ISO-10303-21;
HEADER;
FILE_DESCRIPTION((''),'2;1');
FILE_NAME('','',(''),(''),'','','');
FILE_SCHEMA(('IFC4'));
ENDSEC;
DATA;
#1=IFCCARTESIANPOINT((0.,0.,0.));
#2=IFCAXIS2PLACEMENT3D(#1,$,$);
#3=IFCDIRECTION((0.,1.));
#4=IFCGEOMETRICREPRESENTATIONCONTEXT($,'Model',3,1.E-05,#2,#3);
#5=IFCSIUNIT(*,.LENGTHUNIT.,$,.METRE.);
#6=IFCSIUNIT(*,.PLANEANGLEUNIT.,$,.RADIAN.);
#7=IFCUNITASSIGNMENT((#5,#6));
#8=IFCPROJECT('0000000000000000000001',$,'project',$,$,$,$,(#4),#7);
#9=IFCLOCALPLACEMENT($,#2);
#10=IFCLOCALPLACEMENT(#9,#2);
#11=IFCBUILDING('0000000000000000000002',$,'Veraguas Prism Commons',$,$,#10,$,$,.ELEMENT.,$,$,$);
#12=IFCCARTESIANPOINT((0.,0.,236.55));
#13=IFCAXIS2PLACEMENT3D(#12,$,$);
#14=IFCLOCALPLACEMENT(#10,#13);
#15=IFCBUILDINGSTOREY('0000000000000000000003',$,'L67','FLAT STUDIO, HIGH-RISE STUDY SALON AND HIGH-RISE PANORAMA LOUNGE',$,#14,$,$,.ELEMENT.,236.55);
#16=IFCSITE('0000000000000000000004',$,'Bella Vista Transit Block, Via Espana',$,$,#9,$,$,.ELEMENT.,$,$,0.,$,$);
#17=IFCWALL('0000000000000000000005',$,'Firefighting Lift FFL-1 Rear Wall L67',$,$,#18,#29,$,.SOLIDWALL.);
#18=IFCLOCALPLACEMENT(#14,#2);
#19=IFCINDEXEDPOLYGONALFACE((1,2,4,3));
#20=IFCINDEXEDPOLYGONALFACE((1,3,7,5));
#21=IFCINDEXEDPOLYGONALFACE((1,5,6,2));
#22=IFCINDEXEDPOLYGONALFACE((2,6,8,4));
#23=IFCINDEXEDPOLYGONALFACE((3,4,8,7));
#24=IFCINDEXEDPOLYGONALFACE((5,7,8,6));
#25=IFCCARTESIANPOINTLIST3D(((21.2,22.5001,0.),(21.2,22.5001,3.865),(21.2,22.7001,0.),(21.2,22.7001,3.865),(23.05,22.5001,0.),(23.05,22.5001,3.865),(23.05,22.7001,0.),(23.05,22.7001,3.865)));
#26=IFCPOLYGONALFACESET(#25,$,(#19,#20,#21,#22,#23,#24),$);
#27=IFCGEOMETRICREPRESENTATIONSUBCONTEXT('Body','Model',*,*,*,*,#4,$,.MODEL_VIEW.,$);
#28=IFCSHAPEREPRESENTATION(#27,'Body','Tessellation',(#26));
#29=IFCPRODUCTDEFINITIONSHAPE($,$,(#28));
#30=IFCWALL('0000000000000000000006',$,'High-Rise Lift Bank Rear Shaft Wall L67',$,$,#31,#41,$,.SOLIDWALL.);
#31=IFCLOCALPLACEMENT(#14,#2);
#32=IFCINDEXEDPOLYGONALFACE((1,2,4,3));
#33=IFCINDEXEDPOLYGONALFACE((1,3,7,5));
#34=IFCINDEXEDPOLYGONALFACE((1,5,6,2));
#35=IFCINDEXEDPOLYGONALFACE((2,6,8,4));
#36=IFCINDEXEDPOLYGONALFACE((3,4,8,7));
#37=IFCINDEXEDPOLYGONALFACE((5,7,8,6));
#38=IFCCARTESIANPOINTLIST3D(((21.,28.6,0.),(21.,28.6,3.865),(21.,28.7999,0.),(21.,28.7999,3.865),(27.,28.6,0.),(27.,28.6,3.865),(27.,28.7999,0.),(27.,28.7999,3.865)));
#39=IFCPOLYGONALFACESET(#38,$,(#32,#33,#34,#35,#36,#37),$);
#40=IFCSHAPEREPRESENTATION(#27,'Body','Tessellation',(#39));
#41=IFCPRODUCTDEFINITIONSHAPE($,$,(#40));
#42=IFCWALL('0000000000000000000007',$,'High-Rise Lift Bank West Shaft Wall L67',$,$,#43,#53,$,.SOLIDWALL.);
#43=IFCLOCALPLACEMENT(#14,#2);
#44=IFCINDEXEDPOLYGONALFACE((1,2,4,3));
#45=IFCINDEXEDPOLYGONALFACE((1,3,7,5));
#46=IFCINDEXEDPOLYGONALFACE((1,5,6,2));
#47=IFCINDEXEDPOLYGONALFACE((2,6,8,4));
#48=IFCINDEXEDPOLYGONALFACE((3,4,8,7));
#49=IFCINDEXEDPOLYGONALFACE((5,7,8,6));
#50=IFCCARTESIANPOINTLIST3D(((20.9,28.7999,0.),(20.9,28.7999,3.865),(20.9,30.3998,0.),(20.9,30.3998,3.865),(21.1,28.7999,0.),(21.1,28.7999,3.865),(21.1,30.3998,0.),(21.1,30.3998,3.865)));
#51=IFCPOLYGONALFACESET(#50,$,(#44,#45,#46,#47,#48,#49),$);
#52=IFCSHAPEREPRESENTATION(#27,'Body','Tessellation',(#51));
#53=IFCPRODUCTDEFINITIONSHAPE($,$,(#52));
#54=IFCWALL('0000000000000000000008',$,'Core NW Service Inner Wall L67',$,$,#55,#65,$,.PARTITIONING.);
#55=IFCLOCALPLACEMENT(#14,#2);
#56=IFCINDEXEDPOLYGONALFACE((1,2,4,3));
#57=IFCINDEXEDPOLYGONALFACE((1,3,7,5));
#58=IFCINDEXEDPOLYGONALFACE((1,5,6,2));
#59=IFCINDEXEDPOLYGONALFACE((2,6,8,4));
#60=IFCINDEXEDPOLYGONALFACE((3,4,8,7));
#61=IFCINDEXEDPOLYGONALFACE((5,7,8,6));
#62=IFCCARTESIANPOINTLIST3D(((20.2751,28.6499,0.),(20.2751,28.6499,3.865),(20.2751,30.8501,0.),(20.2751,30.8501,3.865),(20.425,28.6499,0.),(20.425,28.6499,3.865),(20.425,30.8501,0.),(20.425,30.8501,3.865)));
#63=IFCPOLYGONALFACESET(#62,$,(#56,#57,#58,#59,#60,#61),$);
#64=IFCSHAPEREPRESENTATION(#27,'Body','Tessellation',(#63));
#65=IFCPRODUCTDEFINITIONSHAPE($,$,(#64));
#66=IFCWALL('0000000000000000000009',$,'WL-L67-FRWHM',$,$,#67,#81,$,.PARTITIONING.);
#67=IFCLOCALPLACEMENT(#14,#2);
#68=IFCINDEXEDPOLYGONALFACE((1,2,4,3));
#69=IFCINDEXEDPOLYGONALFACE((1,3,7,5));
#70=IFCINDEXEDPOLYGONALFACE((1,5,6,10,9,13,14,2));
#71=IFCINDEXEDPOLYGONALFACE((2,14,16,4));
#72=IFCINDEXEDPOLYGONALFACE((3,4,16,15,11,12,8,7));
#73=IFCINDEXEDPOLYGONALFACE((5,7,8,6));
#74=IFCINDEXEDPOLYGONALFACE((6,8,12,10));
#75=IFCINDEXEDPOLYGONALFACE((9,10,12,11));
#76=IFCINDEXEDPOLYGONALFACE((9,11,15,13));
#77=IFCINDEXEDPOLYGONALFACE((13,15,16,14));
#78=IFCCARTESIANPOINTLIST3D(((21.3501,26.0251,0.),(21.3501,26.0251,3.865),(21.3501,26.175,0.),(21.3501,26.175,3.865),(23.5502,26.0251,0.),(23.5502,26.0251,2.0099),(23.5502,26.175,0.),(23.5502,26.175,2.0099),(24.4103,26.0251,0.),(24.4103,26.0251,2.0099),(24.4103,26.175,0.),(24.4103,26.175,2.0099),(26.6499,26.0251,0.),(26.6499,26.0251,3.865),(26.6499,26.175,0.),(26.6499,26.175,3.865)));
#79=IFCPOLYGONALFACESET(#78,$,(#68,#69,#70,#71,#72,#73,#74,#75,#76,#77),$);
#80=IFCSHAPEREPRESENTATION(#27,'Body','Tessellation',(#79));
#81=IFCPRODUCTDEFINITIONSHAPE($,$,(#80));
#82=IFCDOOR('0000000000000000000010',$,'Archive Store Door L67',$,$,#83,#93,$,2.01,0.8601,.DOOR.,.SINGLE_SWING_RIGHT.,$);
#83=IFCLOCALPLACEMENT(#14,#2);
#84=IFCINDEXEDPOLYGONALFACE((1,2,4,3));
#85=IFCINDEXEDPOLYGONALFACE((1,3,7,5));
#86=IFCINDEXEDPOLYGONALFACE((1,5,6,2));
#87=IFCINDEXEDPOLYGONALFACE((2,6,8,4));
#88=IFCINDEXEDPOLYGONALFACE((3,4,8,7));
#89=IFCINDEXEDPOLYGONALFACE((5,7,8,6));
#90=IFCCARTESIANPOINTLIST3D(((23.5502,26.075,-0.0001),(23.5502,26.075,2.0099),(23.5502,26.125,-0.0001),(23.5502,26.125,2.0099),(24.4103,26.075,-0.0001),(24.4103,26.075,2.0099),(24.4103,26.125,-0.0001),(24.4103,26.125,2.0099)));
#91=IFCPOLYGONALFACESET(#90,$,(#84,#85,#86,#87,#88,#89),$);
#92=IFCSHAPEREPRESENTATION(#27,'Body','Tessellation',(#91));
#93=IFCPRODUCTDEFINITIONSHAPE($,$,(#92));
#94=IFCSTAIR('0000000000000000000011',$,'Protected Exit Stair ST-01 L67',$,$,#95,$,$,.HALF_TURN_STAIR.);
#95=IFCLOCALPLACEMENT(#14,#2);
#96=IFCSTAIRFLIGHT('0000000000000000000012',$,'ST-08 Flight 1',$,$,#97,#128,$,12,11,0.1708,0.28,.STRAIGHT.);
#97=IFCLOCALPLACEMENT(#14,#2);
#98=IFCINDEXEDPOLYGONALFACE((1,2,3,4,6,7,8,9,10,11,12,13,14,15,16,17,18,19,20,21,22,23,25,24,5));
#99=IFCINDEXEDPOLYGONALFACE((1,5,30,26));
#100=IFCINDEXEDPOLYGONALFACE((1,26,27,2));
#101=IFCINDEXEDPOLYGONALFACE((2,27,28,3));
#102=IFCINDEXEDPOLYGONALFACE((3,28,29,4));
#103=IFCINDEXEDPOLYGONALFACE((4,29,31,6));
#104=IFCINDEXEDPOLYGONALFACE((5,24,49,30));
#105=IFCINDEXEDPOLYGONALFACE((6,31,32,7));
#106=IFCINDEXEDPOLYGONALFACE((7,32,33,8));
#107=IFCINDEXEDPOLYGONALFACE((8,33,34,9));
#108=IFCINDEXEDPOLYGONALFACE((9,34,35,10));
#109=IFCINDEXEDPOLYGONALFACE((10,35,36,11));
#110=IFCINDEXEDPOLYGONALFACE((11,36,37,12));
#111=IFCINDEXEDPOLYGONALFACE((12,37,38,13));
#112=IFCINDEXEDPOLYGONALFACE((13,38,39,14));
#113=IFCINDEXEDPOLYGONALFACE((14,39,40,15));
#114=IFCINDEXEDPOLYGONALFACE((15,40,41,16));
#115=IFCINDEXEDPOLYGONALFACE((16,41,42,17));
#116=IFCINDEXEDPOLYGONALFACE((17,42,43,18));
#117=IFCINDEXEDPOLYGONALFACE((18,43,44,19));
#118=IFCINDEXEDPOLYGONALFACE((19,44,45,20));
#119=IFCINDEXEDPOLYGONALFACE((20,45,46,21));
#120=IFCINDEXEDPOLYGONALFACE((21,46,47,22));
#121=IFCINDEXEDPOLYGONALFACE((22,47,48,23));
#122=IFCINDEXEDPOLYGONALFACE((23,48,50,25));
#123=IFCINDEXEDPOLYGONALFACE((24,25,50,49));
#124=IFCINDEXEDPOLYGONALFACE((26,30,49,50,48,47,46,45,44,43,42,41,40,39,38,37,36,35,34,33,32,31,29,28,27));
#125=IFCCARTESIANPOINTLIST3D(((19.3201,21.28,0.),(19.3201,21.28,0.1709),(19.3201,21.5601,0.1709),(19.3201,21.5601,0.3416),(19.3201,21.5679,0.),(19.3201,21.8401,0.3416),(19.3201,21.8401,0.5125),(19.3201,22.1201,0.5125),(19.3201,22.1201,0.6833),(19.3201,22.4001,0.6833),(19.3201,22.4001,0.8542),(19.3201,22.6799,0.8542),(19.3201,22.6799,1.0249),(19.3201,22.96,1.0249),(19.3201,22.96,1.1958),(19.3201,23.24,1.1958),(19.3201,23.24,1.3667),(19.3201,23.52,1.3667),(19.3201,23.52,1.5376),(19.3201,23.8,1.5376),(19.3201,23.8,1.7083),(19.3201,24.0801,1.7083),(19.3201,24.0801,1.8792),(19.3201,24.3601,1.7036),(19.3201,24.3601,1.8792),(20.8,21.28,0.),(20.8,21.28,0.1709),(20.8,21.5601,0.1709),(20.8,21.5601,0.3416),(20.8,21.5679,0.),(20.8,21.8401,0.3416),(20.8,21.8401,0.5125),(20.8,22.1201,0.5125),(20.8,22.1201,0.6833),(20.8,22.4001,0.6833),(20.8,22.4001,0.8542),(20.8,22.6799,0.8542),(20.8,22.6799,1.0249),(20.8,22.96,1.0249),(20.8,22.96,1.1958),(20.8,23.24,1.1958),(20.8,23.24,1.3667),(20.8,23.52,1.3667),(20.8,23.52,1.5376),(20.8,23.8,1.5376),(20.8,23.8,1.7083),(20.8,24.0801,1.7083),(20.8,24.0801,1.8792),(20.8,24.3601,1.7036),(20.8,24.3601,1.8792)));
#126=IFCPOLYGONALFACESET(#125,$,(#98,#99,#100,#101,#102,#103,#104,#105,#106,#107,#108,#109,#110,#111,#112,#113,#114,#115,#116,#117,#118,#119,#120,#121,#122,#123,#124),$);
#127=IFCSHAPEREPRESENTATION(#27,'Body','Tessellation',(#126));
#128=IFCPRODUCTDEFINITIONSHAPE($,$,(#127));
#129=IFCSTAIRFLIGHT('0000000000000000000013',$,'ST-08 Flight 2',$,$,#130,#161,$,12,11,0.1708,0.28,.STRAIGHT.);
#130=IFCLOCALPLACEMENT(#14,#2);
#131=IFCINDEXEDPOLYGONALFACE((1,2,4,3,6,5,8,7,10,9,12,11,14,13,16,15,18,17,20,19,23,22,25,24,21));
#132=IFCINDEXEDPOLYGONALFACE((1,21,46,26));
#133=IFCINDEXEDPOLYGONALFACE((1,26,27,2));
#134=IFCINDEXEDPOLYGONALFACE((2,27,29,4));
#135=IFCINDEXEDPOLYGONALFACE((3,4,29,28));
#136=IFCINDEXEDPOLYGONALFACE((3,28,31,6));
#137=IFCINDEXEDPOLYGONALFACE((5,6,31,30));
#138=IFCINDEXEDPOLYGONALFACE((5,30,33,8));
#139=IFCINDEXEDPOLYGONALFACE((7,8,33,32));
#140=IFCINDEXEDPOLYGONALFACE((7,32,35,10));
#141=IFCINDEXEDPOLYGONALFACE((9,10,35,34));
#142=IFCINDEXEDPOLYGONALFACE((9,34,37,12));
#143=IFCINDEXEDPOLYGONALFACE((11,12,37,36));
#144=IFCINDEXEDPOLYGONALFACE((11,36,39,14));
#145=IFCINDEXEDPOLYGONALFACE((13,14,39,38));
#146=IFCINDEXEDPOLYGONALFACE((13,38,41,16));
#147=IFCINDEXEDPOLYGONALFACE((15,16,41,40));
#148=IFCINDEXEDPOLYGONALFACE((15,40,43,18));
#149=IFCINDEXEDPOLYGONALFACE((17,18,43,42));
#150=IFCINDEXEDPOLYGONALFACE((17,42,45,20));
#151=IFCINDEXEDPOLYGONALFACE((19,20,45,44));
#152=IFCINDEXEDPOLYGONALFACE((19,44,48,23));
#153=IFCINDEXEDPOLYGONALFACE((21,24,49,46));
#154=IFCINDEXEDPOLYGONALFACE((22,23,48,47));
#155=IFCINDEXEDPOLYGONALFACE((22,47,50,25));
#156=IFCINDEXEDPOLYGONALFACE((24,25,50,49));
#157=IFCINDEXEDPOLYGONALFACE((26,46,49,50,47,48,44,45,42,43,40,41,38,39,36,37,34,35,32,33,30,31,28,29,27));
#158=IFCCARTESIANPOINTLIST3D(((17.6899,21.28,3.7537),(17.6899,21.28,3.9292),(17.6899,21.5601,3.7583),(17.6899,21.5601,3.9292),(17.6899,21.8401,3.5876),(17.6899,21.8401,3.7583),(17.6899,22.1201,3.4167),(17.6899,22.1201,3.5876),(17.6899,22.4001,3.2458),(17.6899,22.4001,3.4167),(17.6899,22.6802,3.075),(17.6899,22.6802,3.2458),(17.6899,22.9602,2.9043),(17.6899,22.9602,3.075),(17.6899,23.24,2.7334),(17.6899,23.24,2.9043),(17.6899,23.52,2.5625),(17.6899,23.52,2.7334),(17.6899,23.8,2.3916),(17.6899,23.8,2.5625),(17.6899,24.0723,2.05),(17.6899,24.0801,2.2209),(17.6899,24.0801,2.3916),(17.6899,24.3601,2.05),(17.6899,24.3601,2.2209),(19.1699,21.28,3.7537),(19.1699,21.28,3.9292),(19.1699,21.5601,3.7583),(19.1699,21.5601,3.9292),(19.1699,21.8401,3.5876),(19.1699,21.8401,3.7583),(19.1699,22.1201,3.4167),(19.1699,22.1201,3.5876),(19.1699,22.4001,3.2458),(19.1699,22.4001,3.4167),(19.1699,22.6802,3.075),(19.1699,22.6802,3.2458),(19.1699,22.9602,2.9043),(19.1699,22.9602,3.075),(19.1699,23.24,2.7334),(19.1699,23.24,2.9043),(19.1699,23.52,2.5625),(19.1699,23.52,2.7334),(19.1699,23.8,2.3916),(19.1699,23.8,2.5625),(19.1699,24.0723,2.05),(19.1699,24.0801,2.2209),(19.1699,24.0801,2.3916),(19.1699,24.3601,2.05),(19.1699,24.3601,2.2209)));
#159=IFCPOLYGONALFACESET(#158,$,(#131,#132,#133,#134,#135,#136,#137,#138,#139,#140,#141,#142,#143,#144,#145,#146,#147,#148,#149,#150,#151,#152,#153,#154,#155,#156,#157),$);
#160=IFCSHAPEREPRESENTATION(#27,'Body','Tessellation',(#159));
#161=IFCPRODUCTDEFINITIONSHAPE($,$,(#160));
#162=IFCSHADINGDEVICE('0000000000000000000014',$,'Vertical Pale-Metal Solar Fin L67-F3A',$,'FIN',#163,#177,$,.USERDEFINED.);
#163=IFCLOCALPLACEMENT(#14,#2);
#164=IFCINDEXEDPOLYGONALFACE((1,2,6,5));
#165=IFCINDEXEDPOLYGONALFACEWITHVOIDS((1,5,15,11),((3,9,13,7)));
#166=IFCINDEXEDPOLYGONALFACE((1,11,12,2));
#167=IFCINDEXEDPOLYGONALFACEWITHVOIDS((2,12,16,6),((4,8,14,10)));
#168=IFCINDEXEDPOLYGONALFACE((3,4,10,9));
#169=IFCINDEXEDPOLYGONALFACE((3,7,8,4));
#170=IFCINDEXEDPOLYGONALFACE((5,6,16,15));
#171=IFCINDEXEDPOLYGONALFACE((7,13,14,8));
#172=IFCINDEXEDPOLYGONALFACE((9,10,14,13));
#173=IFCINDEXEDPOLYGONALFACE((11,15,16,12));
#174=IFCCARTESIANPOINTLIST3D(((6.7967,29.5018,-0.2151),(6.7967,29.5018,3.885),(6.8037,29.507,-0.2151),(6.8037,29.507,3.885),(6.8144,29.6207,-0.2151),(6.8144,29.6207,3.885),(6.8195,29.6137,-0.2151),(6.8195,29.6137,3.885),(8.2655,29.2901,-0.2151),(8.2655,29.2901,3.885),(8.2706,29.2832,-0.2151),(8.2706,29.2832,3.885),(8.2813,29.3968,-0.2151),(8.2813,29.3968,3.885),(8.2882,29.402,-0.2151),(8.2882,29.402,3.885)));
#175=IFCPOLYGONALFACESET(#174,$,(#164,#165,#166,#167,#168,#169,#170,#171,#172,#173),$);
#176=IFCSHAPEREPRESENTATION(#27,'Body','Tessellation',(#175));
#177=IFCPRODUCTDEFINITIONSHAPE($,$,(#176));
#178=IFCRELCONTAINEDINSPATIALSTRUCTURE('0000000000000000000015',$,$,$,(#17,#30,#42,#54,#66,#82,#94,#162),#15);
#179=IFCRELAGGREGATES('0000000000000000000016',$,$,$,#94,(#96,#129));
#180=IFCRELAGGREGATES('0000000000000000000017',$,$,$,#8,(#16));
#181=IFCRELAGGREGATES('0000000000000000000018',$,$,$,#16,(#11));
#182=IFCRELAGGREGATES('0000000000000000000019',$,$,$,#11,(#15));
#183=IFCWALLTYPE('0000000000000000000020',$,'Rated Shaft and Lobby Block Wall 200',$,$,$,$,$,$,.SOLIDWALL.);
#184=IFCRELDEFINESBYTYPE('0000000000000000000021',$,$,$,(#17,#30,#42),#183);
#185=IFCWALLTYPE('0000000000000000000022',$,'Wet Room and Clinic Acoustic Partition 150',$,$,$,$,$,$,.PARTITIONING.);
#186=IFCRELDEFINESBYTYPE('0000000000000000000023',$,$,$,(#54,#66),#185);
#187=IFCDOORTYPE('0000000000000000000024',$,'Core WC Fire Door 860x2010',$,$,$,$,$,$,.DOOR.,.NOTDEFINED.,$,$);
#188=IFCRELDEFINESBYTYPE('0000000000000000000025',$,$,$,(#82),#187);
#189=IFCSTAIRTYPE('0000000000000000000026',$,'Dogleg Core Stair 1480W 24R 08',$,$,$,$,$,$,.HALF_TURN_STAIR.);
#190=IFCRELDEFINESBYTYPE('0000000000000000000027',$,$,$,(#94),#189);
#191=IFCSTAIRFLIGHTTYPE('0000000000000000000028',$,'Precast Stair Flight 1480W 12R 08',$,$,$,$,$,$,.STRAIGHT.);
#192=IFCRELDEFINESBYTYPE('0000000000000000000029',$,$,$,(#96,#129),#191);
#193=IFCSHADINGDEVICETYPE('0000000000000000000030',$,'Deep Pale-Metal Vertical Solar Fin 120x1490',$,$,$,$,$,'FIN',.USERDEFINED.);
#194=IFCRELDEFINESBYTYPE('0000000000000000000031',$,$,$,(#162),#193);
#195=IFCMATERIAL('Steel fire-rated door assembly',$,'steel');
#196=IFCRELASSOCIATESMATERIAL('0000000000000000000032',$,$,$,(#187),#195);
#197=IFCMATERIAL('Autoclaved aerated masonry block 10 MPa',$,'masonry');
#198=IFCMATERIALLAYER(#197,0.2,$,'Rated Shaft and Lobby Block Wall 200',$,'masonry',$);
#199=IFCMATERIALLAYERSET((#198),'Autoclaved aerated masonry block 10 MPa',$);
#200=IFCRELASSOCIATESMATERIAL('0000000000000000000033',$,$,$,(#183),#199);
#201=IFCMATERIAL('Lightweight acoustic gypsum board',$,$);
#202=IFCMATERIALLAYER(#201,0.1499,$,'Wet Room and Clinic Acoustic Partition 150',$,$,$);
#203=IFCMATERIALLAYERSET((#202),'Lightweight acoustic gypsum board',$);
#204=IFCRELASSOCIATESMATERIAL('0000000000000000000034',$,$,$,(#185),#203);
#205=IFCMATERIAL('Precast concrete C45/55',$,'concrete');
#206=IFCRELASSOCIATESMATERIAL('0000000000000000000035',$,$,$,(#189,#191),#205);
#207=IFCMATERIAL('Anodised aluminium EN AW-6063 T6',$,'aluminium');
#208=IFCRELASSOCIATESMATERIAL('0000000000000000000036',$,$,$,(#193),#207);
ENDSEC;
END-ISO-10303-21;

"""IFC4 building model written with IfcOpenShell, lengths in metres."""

from ifc_helpers import new_model, si_unit, direction, frame, frame_2d, origin, origin_2d, place, context, subcontext, project, spatial, polyline, rectangle, hollow_rectangle, outline, extrude, source, transform, mapped, material, layer, layer_set, material_profile, profile_set, type_object, element, fill, aggregate, save


model = new_model("IFC4")

# Units and contexts
model_context = context("Model", 3, precision=1e-05, world=origin(), true_north=direction((0.0, 1.0)))
body_context = subcontext(model_context, "Body", "Model", "MODEL_VIEW")
ifc_project = project(units=[si_unit("LENGTHUNIT", "METRE"), si_unit("PLANEANGLEUNIT", "RADIAN")], contexts=[model_context])

# Site, building, storey
site_placement = place(None, origin())
site = spatial("IfcSite", under=ifc_project, at=site_placement, Name="Bella Vista Transit Block, Via Espana", CompositionType="ELEMENT", RefElevation=0.0)
building_placement = place(site_placement, origin())
building = spatial("IfcBuilding", under=site, at=building_placement, Name="Veraguas Prism Commons", CompositionType="ELEMENT")
storey_placement = place(building_placement, frame((0.0, 0.0, 236.55)))
storey = spatial("IfcBuildingStorey", under=building, at=storey_placement, Name="L67", Description="FLAT STUDIO, HIGH-RISE STUDY SALON AND HIGH-RISE PANORAMA LOUNGE", CompositionType="ELEMENT", Elevation=236.55)

# Shared definitions
ifc_material_1 = material(Name="Anodised aluminium EN AW-6063 T6", Category="aluminium")

# Shared definitions
ifc_material_2 = material(Name="Steel fire-rated door assembly", Category="steel")
door_type_1 = type_object("IfcDoorType", Name="Core WC Fire Door 860x2010", OperationType="NOTDEFINED", PredefinedType="DOOR", material=ifc_material_2)
shared_shape_1 = source(origin(), body_context, "Body", "SweptSolid", [
    extrude(rectangle(XDim=0.8601, YDim=2.01, at=frame_2d((0.4302, 1.0049))), frame((0.0, 0.0249, 0.0), z_axis=(0.0, -1.0, 0.0), x_axis=(1.0, 0.0, 0.0)), (0.0, 0.0, 1.0), 0.05),
])
ifc_material_3 = material(Name="Autoclaved aerated masonry block 10 MPa", Category="masonry")

# Walls
ifc_layer_1 = layer(ifc_material_3, 0.2, Name="Rated Shaft and Lobby Block Wall 200", Category="masonry")
ifc_layer_set_1 = layer_set([ifc_layer_1], Name="Autoclaved aerated masonry block 10 MPa")
wall_type_1 = type_object("IfcWallType", Name="Rated Shaft and Lobby Block Wall 200", PredefinedType="SOLIDWALL", material=ifc_layer_set_1)
wall_1_placement = place(storey_placement, frame((21.2, 22.6001, 0.0), z_axis=(0.0, 0.0, 1.0), x_axis=(1.0, 0.0, 0.0)))
element("IfcWall", 1, at=wall_1_placement, inside=storey, type_object=wall_type_1, Name="Firefighting Lift FFL-1 Rear Wall L67", PredefinedType="SOLIDWALL", context=body_context, shape_type="SweptSolid", body=[
    extrude(rectangle(XDim=1.8501, YDim=0.2, at=frame_2d((0.925, 0.0))), origin(), (0.0, 0.0, 1.0), 3.865),
])
wall_2_placement = place(storey_placement, frame((21.0, 28.7, 0.0), z_axis=(0.0, 0.0, 1.0), x_axis=(1.0, 0.0, 0.0)))
element("IfcWall", 2, at=wall_2_placement, inside=storey, type_object=wall_type_1, Name="High-Rise Lift Bank Rear Shaft Wall L67", PredefinedType="SOLIDWALL", context=body_context, shape_type="SweptSolid", body=[
    extrude(rectangle(XDim=6.0, YDim=0.2, at=frame_2d((3.0, 0.0))), origin(), (0.0, 0.0, 1.0), 3.865),
])
wall_3_placement = place(storey_placement, frame((21.0, 28.8, 0.0), z_axis=(0.0, 0.0, 1.0), x_axis=(0.0, 1.0, 0.0)))
element("IfcWall", 3, at=wall_3_placement, inside=storey, type_object=wall_type_1, Name="High-Rise Lift Bank West Shaft Wall L67", PredefinedType="SOLIDWALL", context=body_context, shape_type="SweptSolid", body=[
    extrude(rectangle(XDim=1.5999, YDim=0.2, at=frame_2d((0.7998, 0.0))), origin(), (0.0, 0.0, 1.0), 3.865),
])
ifc_material_4 = material(Name="Lightweight acoustic gypsum board")
ifc_layer_2 = layer(ifc_material_4, 0.1499, Name="Wet Room and Clinic Acoustic Partition 150")
ifc_layer_set_2 = layer_set([ifc_layer_2], Name="Lightweight acoustic gypsum board")
wall_type_2 = type_object("IfcWallType", Name="Wet Room and Clinic Acoustic Partition 150", PredefinedType="PARTITIONING", material=ifc_layer_set_2)
wall_4_placement = place(storey_placement, frame((20.3501, 28.6499, 0.0), z_axis=(0.0, 0.0, 1.0), x_axis=(0.0, 1.0, 0.0)))
element("IfcWall", 4, at=wall_4_placement, inside=storey, type_object=wall_type_2, Name="Core NW Service Inner Wall L67", PredefinedType="PARTITIONING", context=body_context, shape_type="SweptSolid", body=[
    extrude(rectangle(XDim=2.2002, YDim=0.1499, at=frame_2d((1.1001, 0.0))), origin(), (0.0, 0.0, 1.0), 3.865),
])

# Wall, opening, door
wall_5_placement = place(storey_placement, frame((21.3501, 26.1001, 0.0), z_axis=(0.0, 0.0, 1.0), x_axis=(1.0, 0.0, 0.0)))
wall_5 = element("IfcWall", 5, at=wall_5_placement, inside=storey, type_object=wall_type_2, Name="WL-L67-FRWHM", PredefinedType="PARTITIONING", context=body_context, shape_type="SweptSolid", body=[
    extrude(rectangle(XDim=5.2998, YDim=0.1499, at=frame_2d((2.6499, 0.0))), origin(), (0.0, 0.0, 1.0), 3.865),
])
opening_1_placement = place(wall_5_placement, frame((2.2, 0.0, 0.0)))
opening_1 = element("IfcOpeningElement", 6, at=opening_1_placement, cuts=wall_5, PredefinedType="OPENING", context=body_context, shape_type="SweptSolid", body=[
    extrude(rectangle(XDim=0.8601, YDim=2.01, at=frame_2d((0.4302, 1.0049))), frame((0.0, 0.085, 0.0), z_axis=(0.0, -1.0, 0.0), x_axis=(1.0, 0.0, 0.0)), (0.0, 0.0, 1.0), 0.1699),
])
door_1_placement = place(opening_1_placement, origin())
door_1 = element("IfcDoor", 7, at=door_1_placement, inside=storey, type_object=door_type_1, Name="Archive Store Door L67", OperationType="SINGLE_SWING_RIGHT", OverallHeight=2.01, OverallWidth=0.8601, PredefinedType="DOOR", context=body_context, shape_type="MappedRepresentation", body=[
    mapped(shared_shape_1, transform((0.0, 0.0, 0.0), scale=1.0)),
])
fill(opening_1, door_1)

# Stair, stair flights
ifc_material_5 = material(Name="Precast concrete C45/55", Category="concrete")
stair_type = type_object("IfcStairType", Name="Dogleg Core Stair 1480W 24R 08", PredefinedType="HALF_TURN_STAIR", material=ifc_material_5)
stair_placement = place(storey_placement, origin())
stair = element("IfcStair", 8, at=stair_placement, inside=storey, type_object=stair_type, Name="Protected Exit Stair ST-01 L67", PredefinedType="HALF_TURN_STAIR")
stair_flight_type = type_object("IfcStairFlightType", Name="Precast Stair Flight 1480W 12R 08", PredefinedType="STRAIGHT", material=ifc_material_5)
stair_flight_1_placement = place(storey_placement, frame((20.0601, 21.28, 0.0), z_axis=(0.0, 0.0, 1.0), x_axis=(0.0, 1.0, 0.0)))
stair_flight_1 = element("IfcStairFlight", 9, at=stair_flight_1_placement, type_object=stair_flight_type, Name="ST-08 Flight 1", NumberOfRisers=12, NumberOfTreads=11, PredefinedType="STRAIGHT", RiserHeight=0.1708, TreadLength=0.28, context=body_context, shape_type="SweptSolid", body=[
    extrude(outline(polyline([(0.0, 0.0), (0.0, 0.1709), (0.28, 0.1709), (0.28, 0.3416), (0.5601, 0.3416), (0.5601, 0.5125), (0.8401, 0.5125), (0.8401, 0.6833), (1.1201, 0.6833), (1.1201, 0.8542), (1.3999, 0.8542), (1.3999, 1.0249), (1.6799, 1.0249), (1.6799, 1.1958), (1.96, 1.1958), (1.96, 1.3667), (2.24, 1.3667), (2.24, 1.5376), (2.52, 1.5376), (2.52, 1.7083), (2.8, 1.7083), (2.8, 1.8792), (3.0801, 1.8792), (3.0801, 2.05), (3.0801, 1.7036), (0.2878, 0.0), (0.0, 0.0)])), frame((0.0, 0.74, 0.0), z_axis=(0.0, -1.0, 0.0), x_axis=(1.0, 0.0, 0.0)), (0.0, 0.0, 1.0), 1.48),
])
stair_flight_2_placement = place(storey_placement, frame((18.4299, 24.3601, 2.05), z_axis=(0.0, 0.0, 1.0), x_axis=(0.0, -1.0, 0.0)))
stair_flight_2 = element("IfcStairFlight", 10, at=stair_flight_2_placement, type_object=stair_flight_type, Name="ST-08 Flight 2", NumberOfRisers=12, NumberOfTreads=11, PredefinedType="STRAIGHT", RiserHeight=0.1708, TreadLength=0.28, context=body_context, shape_type="SweptSolid", body=[
    extrude(outline(polyline([(0.0, 0.0), (0.0, 0.1709), (0.28, 0.1709), (0.28, 0.3416), (0.5601, 0.3416), (0.5601, 0.5125), (0.8401, 0.5125), (0.8401, 0.6833), (1.1201, 0.6833), (1.1201, 0.8542), (1.3999, 0.8542), (1.3999, 1.0249), (1.6799, 1.0249), (1.6799, 1.1958), (1.96, 1.1958), (1.96, 1.3667), (2.24, 1.3667), (2.24, 1.5376), (2.52, 1.5376), (2.52, 1.7083), (2.8, 1.7083), (2.8, 1.8792), (3.0801, 1.8792), (3.0801, 2.05), (3.0801, 1.7036), (0.2878, 0.0), (0.0, 0.0)])), frame((0.0, 0.74, 0.0), z_axis=(0.0, -1.0, 0.0), x_axis=(1.0, 0.0, 0.0)), (0.0, 0.0, 1.0), 1.48),
])
aggregate(stair, [stair_flight_1, stair_flight_2])

# Shading device
ifc_material_profile_1 = material_profile(ifc_material_1, hollow_rectangle(XDim=0.1201, YDim=1.49, WallThickness=0.0061, at=origin_2d()), Name="FIN120X1490X6")
ifc_profile_set_1 = profile_set([ifc_material_profile_1], Name="Anodised aluminium EN AW-6063 T6")
shading_device_type = type_object("IfcShadingDeviceType", Name="Deep Pale-Metal Vertical Solar Fin 120x1490", ElementType="FIN", PredefinedType="USERDEFINED", material=ifc_profile_set_1)
for number, where, z_axis, x_axis, name in (
    (11, (7.5425, 29.4519, -0.2151), (0.0, 0.0, 1.0), (-0.146772, -0.98917, 0.0), "Vertical Pale-Metal Solar Fin L67-F3A"),
):
    element("IfcShadingDevice", number, at=place(storey_placement, frame(where, z_axis=z_axis, x_axis=x_axis)), inside=storey, type_object=shading_device_type, Name=name, ObjectType="FIN", PredefinedType="USERDEFINED", context=body_context, shape_type="SweptSolid", body=[
        extrude(hollow_rectangle(XDim=0.1201, YDim=1.49, WallThickness=0.0061, at=origin_2d()), origin(), (0.0, 0.0, 1.0), 4.1001),
    ])

save(model, "model.ifc")
